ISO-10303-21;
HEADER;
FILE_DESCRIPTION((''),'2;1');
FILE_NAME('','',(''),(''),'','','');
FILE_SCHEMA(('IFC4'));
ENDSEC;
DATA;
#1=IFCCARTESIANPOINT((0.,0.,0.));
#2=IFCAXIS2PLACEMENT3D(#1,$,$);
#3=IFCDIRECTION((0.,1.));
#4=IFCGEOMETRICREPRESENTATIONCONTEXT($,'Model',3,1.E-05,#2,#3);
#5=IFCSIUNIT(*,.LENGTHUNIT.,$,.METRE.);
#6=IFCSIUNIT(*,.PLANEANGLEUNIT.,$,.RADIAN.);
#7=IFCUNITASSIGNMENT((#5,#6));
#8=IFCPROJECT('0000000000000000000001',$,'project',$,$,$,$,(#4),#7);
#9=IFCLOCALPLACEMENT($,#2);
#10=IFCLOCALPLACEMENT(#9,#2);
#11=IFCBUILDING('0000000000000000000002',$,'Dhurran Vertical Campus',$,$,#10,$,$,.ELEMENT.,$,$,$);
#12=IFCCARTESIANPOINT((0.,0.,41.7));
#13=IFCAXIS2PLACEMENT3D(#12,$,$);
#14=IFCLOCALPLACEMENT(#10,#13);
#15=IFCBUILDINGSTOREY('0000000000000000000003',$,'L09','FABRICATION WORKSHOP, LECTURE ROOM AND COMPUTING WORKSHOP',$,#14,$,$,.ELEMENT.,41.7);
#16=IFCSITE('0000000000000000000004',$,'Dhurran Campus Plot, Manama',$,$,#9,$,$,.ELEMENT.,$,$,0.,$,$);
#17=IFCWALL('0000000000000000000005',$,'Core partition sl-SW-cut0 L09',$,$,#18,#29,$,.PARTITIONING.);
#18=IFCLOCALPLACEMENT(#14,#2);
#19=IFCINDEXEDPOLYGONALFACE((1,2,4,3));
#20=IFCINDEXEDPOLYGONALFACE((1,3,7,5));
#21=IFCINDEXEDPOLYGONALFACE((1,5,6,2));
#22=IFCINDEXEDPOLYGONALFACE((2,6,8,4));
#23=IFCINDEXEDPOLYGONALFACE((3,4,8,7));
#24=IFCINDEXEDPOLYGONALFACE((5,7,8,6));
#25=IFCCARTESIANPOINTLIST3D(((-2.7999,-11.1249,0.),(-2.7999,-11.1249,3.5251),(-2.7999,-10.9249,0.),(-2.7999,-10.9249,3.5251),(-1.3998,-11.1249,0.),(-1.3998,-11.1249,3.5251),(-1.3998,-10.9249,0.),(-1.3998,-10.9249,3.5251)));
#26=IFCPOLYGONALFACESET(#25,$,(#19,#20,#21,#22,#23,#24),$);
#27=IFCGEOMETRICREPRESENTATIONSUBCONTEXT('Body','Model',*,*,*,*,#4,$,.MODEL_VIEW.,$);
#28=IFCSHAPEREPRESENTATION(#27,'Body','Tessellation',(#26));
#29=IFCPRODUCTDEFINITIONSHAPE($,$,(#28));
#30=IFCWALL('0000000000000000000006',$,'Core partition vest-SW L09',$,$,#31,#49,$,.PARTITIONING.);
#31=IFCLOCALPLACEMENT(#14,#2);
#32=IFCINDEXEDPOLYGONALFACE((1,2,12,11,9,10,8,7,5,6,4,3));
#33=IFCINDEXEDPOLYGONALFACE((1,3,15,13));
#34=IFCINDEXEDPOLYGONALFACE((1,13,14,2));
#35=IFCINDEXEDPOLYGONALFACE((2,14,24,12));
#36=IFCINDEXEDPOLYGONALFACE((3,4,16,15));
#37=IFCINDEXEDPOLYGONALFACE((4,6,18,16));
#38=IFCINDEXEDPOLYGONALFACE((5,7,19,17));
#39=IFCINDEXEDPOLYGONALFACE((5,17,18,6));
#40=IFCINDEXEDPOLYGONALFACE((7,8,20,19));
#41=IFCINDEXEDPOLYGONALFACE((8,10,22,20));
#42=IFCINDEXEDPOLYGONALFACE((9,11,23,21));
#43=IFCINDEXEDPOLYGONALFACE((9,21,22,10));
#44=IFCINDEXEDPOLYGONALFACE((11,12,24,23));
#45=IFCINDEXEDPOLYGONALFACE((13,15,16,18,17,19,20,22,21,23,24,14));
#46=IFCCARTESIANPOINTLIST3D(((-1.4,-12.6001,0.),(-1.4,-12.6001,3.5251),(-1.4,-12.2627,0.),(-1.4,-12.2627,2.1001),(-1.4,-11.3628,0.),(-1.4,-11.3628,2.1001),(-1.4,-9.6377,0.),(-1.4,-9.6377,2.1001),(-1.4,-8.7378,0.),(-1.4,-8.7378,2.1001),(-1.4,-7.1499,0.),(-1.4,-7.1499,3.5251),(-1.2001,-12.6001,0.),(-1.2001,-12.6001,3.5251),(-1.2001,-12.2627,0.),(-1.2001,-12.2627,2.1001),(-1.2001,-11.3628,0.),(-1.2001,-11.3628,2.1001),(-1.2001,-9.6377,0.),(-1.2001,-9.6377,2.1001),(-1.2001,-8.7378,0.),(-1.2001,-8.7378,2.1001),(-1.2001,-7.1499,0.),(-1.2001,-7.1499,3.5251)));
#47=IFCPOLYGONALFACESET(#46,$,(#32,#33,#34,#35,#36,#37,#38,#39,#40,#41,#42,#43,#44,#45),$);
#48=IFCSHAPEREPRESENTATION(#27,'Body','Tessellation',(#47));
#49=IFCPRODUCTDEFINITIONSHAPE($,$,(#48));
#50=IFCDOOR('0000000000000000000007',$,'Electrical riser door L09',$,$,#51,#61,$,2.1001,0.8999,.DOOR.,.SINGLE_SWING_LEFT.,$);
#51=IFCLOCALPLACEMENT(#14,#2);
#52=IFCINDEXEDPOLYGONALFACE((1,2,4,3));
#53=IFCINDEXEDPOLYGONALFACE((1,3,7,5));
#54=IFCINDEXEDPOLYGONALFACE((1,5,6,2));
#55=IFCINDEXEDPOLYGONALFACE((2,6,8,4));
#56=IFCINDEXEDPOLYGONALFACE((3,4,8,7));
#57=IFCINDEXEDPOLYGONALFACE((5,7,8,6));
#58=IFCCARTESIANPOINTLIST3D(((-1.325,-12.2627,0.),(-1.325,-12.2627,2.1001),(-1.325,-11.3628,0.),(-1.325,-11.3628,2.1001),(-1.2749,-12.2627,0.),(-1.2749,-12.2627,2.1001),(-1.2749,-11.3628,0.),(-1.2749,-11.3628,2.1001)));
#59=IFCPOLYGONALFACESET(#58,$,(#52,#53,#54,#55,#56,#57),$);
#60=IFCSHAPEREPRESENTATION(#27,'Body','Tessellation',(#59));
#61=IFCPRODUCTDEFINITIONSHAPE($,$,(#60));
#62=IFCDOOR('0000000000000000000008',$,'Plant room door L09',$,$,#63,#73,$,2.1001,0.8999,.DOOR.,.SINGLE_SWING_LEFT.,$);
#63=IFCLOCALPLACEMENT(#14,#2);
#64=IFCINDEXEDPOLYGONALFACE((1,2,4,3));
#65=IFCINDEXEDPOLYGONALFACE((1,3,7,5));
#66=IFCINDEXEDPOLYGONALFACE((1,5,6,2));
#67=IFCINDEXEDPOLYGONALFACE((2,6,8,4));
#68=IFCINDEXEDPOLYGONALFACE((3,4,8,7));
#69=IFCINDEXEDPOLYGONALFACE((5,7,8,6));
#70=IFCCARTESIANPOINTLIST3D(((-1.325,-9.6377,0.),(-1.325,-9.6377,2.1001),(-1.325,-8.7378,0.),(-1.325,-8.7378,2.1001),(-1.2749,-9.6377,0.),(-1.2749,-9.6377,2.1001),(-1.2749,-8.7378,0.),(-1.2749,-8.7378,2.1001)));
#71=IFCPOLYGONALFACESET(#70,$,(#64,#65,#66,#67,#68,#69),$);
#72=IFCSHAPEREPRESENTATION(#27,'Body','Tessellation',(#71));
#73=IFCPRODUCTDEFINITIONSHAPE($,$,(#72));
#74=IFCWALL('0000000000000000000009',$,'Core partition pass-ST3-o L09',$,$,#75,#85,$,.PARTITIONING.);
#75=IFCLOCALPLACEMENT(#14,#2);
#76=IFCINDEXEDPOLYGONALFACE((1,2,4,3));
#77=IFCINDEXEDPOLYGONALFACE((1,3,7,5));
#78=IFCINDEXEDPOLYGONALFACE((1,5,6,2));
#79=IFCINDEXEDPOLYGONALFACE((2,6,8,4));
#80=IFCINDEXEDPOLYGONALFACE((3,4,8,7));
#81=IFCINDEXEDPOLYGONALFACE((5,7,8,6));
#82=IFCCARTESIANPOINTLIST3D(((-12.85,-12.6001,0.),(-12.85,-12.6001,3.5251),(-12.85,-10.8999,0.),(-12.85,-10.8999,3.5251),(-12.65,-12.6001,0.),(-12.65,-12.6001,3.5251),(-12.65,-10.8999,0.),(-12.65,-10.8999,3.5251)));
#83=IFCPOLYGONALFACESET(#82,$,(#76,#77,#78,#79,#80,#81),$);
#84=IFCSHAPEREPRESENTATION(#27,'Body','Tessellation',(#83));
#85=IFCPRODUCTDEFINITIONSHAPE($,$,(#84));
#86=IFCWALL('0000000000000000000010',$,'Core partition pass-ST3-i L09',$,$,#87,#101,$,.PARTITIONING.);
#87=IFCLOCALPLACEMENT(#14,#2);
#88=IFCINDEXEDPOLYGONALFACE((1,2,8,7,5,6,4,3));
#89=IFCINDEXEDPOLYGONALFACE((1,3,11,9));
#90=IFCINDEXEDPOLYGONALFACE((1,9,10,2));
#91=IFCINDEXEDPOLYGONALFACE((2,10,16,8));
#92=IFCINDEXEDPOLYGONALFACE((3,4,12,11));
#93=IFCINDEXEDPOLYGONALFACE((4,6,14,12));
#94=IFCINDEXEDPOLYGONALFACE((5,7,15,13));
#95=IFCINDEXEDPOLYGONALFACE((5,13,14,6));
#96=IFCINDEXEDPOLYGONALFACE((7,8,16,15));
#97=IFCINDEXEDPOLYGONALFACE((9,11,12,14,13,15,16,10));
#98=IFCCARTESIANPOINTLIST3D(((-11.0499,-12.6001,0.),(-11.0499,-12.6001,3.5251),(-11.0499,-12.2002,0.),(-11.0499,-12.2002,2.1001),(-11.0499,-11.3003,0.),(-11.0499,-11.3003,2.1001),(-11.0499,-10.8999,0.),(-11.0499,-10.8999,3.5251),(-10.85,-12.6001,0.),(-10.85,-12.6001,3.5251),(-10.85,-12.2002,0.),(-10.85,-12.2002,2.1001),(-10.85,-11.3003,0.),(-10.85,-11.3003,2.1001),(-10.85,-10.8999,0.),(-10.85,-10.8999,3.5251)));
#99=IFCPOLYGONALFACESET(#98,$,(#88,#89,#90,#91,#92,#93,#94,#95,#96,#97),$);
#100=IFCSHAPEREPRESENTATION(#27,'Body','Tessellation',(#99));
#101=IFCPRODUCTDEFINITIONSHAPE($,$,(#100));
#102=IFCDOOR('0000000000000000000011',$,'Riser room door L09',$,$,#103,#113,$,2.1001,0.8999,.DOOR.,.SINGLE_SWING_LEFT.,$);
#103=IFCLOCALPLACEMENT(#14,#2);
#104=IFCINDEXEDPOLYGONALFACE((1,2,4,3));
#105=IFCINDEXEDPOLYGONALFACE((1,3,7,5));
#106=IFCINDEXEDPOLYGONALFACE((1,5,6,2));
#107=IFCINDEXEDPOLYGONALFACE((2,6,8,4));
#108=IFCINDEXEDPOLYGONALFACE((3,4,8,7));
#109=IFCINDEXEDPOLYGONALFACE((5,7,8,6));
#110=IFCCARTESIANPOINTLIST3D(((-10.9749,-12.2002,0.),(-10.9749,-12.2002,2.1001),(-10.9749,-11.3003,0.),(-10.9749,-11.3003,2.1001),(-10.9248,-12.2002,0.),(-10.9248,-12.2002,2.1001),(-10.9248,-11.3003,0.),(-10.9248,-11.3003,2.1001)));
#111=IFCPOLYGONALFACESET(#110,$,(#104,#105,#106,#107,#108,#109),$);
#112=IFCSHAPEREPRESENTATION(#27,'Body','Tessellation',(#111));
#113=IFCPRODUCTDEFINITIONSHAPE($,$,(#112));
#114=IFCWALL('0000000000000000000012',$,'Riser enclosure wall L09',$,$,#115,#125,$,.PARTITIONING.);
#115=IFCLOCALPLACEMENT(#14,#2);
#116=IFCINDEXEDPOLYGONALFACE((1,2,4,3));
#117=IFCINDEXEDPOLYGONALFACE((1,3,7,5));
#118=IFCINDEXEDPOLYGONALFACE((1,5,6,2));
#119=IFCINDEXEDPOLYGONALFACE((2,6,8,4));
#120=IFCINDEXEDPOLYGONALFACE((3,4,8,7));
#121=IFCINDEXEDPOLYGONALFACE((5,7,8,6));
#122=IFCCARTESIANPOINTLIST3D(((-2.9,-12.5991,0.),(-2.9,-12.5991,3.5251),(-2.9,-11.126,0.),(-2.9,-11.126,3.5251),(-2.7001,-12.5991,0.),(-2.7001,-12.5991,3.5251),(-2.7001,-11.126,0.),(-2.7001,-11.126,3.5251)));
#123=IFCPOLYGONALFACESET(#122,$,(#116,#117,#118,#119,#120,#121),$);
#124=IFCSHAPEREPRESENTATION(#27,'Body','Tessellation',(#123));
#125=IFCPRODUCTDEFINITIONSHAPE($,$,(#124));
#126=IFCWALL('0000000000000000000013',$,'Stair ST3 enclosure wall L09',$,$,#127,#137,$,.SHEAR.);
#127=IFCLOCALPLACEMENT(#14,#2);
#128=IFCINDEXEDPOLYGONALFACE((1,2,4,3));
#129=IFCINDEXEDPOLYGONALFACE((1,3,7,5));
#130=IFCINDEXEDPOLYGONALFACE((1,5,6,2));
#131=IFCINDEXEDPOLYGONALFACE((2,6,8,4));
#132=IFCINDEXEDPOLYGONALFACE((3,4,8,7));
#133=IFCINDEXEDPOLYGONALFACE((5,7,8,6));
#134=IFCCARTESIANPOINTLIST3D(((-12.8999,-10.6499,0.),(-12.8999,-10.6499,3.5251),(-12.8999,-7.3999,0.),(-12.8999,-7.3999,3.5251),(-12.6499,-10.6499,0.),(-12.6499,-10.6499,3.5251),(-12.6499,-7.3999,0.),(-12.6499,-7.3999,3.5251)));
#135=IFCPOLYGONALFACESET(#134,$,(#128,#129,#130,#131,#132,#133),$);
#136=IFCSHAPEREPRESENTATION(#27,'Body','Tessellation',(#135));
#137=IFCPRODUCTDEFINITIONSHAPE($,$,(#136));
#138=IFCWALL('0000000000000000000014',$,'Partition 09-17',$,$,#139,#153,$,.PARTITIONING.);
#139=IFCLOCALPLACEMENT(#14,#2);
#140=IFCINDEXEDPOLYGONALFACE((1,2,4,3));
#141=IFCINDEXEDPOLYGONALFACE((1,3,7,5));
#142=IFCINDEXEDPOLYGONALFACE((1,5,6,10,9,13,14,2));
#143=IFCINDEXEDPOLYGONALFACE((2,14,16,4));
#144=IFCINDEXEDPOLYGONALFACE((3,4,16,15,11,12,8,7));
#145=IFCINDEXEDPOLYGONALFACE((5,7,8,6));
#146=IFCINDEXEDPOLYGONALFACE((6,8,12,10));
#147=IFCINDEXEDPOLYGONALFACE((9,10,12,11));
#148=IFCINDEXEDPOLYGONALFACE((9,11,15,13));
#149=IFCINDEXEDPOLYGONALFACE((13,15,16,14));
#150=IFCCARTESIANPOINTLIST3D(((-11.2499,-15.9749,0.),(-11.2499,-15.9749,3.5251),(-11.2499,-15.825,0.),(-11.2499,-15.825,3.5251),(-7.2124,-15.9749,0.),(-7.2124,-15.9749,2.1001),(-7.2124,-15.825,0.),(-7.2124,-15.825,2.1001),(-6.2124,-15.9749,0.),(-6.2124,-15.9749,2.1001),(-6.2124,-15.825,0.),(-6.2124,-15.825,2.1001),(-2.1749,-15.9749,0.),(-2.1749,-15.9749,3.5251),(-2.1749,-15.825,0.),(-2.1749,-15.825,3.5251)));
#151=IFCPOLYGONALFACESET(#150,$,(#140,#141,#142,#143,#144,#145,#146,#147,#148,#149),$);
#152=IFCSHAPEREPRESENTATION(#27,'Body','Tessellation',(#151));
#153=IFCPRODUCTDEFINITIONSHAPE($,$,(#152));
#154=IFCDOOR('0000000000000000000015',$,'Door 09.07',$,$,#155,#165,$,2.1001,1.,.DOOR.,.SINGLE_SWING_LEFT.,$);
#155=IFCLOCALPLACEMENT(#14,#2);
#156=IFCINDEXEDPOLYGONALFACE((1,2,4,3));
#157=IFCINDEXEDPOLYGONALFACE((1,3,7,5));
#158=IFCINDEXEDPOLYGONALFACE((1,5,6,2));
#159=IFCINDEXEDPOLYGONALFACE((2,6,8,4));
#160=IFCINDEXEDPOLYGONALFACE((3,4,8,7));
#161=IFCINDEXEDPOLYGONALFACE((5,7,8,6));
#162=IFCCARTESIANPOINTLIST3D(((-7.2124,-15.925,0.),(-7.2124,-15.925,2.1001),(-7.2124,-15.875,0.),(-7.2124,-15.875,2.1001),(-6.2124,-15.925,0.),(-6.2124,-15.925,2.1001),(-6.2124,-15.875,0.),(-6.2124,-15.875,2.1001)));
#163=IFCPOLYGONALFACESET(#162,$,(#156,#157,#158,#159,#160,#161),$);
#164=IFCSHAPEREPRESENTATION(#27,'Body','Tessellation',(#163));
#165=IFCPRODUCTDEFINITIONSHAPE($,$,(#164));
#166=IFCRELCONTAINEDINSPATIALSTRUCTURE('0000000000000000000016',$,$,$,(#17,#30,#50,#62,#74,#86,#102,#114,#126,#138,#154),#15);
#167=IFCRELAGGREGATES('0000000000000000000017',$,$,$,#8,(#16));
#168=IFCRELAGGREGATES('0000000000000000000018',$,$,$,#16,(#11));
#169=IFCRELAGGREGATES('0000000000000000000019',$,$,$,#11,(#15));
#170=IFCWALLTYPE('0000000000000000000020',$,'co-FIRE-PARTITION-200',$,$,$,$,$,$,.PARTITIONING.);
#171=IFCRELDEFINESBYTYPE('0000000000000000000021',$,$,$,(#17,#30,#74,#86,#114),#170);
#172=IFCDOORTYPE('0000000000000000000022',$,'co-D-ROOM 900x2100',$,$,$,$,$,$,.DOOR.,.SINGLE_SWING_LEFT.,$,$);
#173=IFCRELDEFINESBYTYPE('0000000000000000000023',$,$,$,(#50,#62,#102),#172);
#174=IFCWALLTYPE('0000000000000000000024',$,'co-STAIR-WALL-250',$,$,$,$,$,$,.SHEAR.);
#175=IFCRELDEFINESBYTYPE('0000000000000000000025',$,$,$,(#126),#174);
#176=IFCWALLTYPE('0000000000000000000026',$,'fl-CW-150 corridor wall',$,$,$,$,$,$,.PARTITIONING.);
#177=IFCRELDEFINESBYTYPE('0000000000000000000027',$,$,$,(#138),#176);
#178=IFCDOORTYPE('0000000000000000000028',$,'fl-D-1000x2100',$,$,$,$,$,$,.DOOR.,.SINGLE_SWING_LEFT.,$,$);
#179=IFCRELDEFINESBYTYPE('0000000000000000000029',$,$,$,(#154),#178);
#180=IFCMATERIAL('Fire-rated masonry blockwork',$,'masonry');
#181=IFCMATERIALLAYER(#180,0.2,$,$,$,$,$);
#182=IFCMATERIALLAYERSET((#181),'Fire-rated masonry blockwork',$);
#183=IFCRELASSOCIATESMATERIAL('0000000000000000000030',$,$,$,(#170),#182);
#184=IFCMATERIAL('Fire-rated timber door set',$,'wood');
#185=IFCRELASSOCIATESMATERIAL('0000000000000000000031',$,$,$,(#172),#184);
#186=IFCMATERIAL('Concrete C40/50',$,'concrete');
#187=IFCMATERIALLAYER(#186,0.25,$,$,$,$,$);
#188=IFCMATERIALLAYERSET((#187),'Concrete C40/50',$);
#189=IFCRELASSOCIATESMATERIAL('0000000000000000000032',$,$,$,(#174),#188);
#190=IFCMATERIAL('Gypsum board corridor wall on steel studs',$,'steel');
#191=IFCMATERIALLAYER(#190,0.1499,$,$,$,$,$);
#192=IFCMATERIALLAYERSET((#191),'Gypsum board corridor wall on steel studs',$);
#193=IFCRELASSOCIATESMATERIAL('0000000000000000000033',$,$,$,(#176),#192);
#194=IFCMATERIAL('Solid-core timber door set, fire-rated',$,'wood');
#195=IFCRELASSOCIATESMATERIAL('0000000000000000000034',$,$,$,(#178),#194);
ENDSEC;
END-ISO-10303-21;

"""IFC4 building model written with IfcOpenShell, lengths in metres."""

from ifc_helpers import new_model, si_unit, direction, frame, frame_2d, origin, place, context, subcontext, project, spatial, rectangle, extrude, material, layer, layer_set, type_object, element, fill, save


model = new_model("IFC4")

# Units and contexts
model_context = context("Model", 3, precision=1e-05, world=origin(), true_north=direction((0.0, 1.0)))
body_context = subcontext(model_context, "Body", "Model", "MODEL_VIEW")
ifc_project = project(units=[si_unit("LENGTHUNIT", "METRE"), si_unit("PLANEANGLEUNIT", "RADIAN")], contexts=[model_context])

# Site, building, storey
site_placement = place(None, origin())
site = spatial("IfcSite", under=ifc_project, at=site_placement, Name="Dhurran Campus Plot, Manama", CompositionType="ELEMENT", RefElevation=0.0)
building_placement = place(site_placement, origin())
building = spatial("IfcBuilding", under=site, at=building_placement, Name="Dhurran Vertical Campus", CompositionType="ELEMENT")
storey_placement = place(building_placement, frame((0.0, 0.0, 41.7)))
storey = spatial("IfcBuildingStorey", under=building, at=storey_placement, Name="L09", Description="FABRICATION WORKSHOP, LECTURE ROOM AND COMPUTING WORKSHOP", CompositionType="ELEMENT", Elevation=41.7)

# Wall
ifc_material_1 = material(Name="Fire-rated masonry blockwork", Category="masonry")
ifc_layer_1 = layer(ifc_material_1, 0.2)
ifc_layer_set_1 = layer_set([ifc_layer_1], Name="Fire-rated masonry blockwork")
wall_type_1 = type_object("IfcWallType", Name="co-FIRE-PARTITION-200", PredefinedType="PARTITIONING", material=ifc_layer_set_1)
wall_1_placement = place(storey_placement, frame((-2.8, -11.0249, 0.0), z_axis=(0.0, 0.0, 1.0), x_axis=(1.0, 0.0, 0.0)))
element("IfcWall", 1, at=wall_1_placement, inside=storey, type_object=wall_type_1, Name="Core partition sl-SW-cut0 L09", PredefinedType="PARTITIONING", context=body_context, shape_type="SweptSolid", body=[
    extrude(rectangle(XDim=1.4001, YDim=0.2, at=frame_2d((0.7002, 0.0))), origin(), (0.0, 0.0, 1.0), 3.5251),
])

# Wall, openings, doors
wall_2_placement = place(storey_placement, frame((-1.3, -12.6001, 0.0), z_axis=(0.0, 0.0, 1.0), x_axis=(0.0, 1.0, 0.0)))
wall_2 = element("IfcWall", 2, at=wall_2_placement, inside=storey, type_object=wall_type_1, Name="Core partition vest-SW L09", PredefinedType="PARTITIONING", context=body_context, shape_type="SweptSolid", body=[
    extrude(rectangle(XDim=5.4502, YDim=0.2, at=frame_2d((2.7251, 0.0))), origin(), (0.0, 0.0, 1.0), 3.5251),
])
opening_1_placement = place(wall_2_placement, frame((0.3374, 0.0, 0.0)))
opening_1 = element("IfcOpeningElement", 3, at=opening_1_placement, cuts=wall_2, PredefinedType="OPENING", context=body_context, shape_type="SweptSolid", body=[
    extrude(rectangle(XDim=0.8999, YDim=2.1001, at=frame_2d((0.45, 1.05))), frame((0.0, 0.1099, 0.0), z_axis=(0.0, -1.0, 0.0), x_axis=(1.0, 0.0, 0.0)), (0.0, 0.0, 1.0), 0.22),
])
opening_2_placement = place(wall_2_placement, frame((2.9624, 0.0, 0.0)))
opening_2 = element("IfcOpeningElement", 4, at=opening_2_placement, cuts=wall_2, PredefinedType="OPENING", context=body_context, shape_type="SweptSolid", body=[
    extrude(rectangle(XDim=0.8999, YDim=2.1001, at=frame_2d((0.45, 1.05))), frame((0.0, 0.1099, 0.0), z_axis=(0.0, -1.0, 0.0), x_axis=(1.0, 0.0, 0.0)), (0.0, 0.0, 1.0), 0.22),
])
ifc_material_2 = material(Name="Fire-rated timber door set", Category="wood")
door_type_1 = type_object("IfcDoorType", Name="co-D-ROOM 900x2100", OperationType="SINGLE_SWING_LEFT", PredefinedType="DOOR", material=ifc_material_2)
door_1_placement = place(opening_1_placement, origin())
door_1 = element("IfcDoor", 5, at=door_1_placement, inside=storey, type_object=door_type_1, Name="Electrical riser door L09", OperationType="SINGLE_SWING_LEFT", OverallHeight=2.1001, OverallWidth=0.8999, PredefinedType="DOOR", context=body_context, shape_type="SweptSolid", body=[
    extrude(rectangle(XDim=0.8999, YDim=2.1001, at=frame_2d((0.45, 1.05))), frame((0.0, 0.0249, 0.0), z_axis=(0.0, -1.0, 0.0), x_axis=(1.0, 0.0, 0.0)), (0.0, 0.0, 1.0), 0.05),
])
fill(opening_1, door_1)
door_2_placement = place(opening_2_placement, origin())
door_2 = element("IfcDoor", 6, at=door_2_placement, inside=storey, type_object=door_type_1, Name="Plant room door L09", OperationType="SINGLE_SWING_LEFT", OverallHeight=2.1001, OverallWidth=0.8999, PredefinedType="DOOR", context=body_context, shape_type="SweptSolid", body=[
    extrude(rectangle(XDim=0.8999, YDim=2.1001, at=frame_2d((0.45, 1.05))), frame((0.0, 0.0249, 0.0), z_axis=(0.0, -1.0, 0.0), x_axis=(1.0, 0.0, 0.0)), (0.0, 0.0, 1.0), 0.05),
])
fill(opening_2, door_2)

# Wall
wall_3_placement = place(storey_placement, frame((-12.75, -12.6001, 0.0), z_axis=(0.0, 0.0, 1.0), x_axis=(0.0, 1.0, 0.0)))
element("IfcWall", 7, at=wall_3_placement, inside=storey, type_object=wall_type_1, Name="Core partition pass-ST3-o L09", PredefinedType="PARTITIONING", context=body_context, shape_type="SweptSolid", body=[
    extrude(rectangle(XDim=1.7002, YDim=0.2, at=frame_2d((0.8501, 0.0))), origin(), (0.0, 0.0, 1.0), 3.5251),
])

# Wall, opening, door
wall_4_placement = place(storey_placement, frame((-10.95, -12.6001, 0.0), z_axis=(0.0, 0.0, 1.0), x_axis=(0.0, 1.0, 0.0)))
wall_4 = element("IfcWall", 8, at=wall_4_placement, inside=storey, type_object=wall_type_1, Name="Core partition pass-ST3-i L09", PredefinedType="PARTITIONING", context=body_context, shape_type="SweptSolid", body=[
    extrude(rectangle(XDim=1.7002, YDim=0.2, at=frame_2d((0.8501, 0.0))), origin(), (0.0, 0.0, 1.0), 3.5251),
])
opening_3_placement = place(wall_4_placement, frame((0.3999, 0.0, 0.0)))
opening_3 = element("IfcOpeningElement", 9, at=opening_3_placement, cuts=wall_4, PredefinedType="OPENING", context=body_context, shape_type="SweptSolid", body=[
    extrude(rectangle(XDim=0.8999, YDim=2.1001, at=frame_2d((0.45, 1.05))), frame((0.0, 0.1099, 0.0), z_axis=(0.0, -1.0, 0.0), x_axis=(1.0, 0.0, 0.0)), (0.0, 0.0, 1.0), 0.22),
])
door_3_placement = place(opening_3_placement, origin())
door_3 = element("IfcDoor", 10, at=door_3_placement, inside=storey, type_object=door_type_1, Name="Riser room door L09", OperationType="SINGLE_SWING_LEFT", OverallHeight=2.1001, OverallWidth=0.8999, PredefinedType="DOOR", context=body_context, shape_type="SweptSolid", body=[
    extrude(rectangle(XDim=0.8999, YDim=2.1001, at=frame_2d((0.45, 1.05))), frame((0.0, 0.0249, 0.0), z_axis=(0.0, -1.0, 0.0), x_axis=(1.0, 0.0, 0.0)), (0.0, 0.0, 1.0), 0.05),
])
fill(opening_3, door_3)

# Walls
wall_5_placement = place(storey_placement, frame((-2.8, -12.5991, 0.0), z_axis=(0.0, 0.0, 1.0), x_axis=(0.0, 1.0, 0.0)))
element("IfcWall", 11, at=wall_5_placement, inside=storey, type_object=wall_type_1, Name="Riser enclosure wall L09", PredefinedType="PARTITIONING", context=body_context, shape_type="SweptSolid", body=[
    extrude(rectangle(XDim=1.4731, YDim=0.2, at=frame_2d((0.7366, 0.0))), origin(), (0.0, 0.0, 1.0), 3.5251),
])
ifc_material_3 = material(Name="Concrete C40/50", Category="concrete")
ifc_layer_2 = layer(ifc_material_3, 0.25)
ifc_layer_set_2 = layer_set([ifc_layer_2], Name="Concrete C40/50")
wall_type_2 = type_object("IfcWallType", Name="co-STAIR-WALL-250", PredefinedType="SHEAR", material=ifc_layer_set_2)
wall_6_placement = place(storey_placement, frame((-12.7749, -10.6499, 0.0), z_axis=(0.0, 0.0, 1.0), x_axis=(0.0, 1.0, 0.0)))
element("IfcWall", 12, at=wall_6_placement, inside=storey, type_object=wall_type_2, Name="Stair ST3 enclosure wall L09", PredefinedType="SHEAR", context=body_context, shape_type="SweptSolid", body=[
    extrude(rectangle(XDim=3.25, YDim=0.25, at=frame_2d((1.625, 0.0))), origin(), (0.0, 0.0, 1.0), 3.5251),
])

# Wall, opening, door
ifc_material_4 = material(Name="Gypsum board corridor wall on steel studs", Category="steel")
ifc_layer_3 = layer(ifc_material_4, 0.1499)
ifc_layer_set_3 = layer_set([ifc_layer_3], Name="Gypsum board corridor wall on steel studs")
wall_type_3 = type_object("IfcWallType", Name="fl-CW-150 corridor wall", PredefinedType="PARTITIONING", material=ifc_layer_set_3)
wall_7_placement = place(storey_placement, frame((-11.25, -15.8999, 0.0), z_axis=(0.0, 0.0, 1.0), x_axis=(1.0, 0.0, 0.0)))
wall_7 = element("IfcWall", 13, at=wall_7_placement, inside=storey, type_object=wall_type_3, Name="Partition 09-17", PredefinedType="PARTITIONING", context=body_context, shape_type="SweptSolid", body=[
    extrude(rectangle(XDim=9.075, YDim=0.1499, at=frame_2d((4.5376, 0.0))), origin(), (0.0, 0.0, 1.0), 3.5251),
])
opening_4_placement = place(wall_7_placement, frame((4.0376, 0.0, 0.0)))
opening_4 = element("IfcOpeningElement", 14, at=opening_4_placement, cuts=wall_7, PredefinedType="OPENING", context=body_context, shape_type="SweptSolid", body=[
    extrude(rectangle(XDim=1.0, YDim=2.1001, at=frame_2d((0.5, 1.05))), frame((0.0, 0.085, 0.0), z_axis=(0.0, -1.0, 0.0), x_axis=(1.0, 0.0, 0.0)), (0.0, 0.0, 1.0), 0.1699),
])
ifc_material_5 = material(Name="Solid-core timber door set, fire-rated", Category="wood")
door_type_2 = type_object("IfcDoorType", Name="fl-D-1000x2100", OperationType="SINGLE_SWING_LEFT", PredefinedType="DOOR", material=ifc_material_5)
door_4_placement = place(opening_4_placement, origin())
door_4 = element("IfcDoor", 15, at=door_4_placement, inside=storey, type_object=door_type_2, Name="Door 09.07", OperationType="SINGLE_SWING_LEFT", OverallHeight=2.1001, OverallWidth=1.0, PredefinedType="DOOR", context=body_context, shape_type="SweptSolid", body=[
    extrude(rectangle(XDim=1.0, YDim=2.1001, at=frame_2d((0.5, 1.05))), frame((0.0, 0.0249, 0.0), z_axis=(0.0, -1.0, 0.0), x_axis=(1.0, 0.0, 0.0)), (0.0, 0.0, 1.0), 0.05),
])
fill(opening_4, door_4)

save(model, "model.ifc")
